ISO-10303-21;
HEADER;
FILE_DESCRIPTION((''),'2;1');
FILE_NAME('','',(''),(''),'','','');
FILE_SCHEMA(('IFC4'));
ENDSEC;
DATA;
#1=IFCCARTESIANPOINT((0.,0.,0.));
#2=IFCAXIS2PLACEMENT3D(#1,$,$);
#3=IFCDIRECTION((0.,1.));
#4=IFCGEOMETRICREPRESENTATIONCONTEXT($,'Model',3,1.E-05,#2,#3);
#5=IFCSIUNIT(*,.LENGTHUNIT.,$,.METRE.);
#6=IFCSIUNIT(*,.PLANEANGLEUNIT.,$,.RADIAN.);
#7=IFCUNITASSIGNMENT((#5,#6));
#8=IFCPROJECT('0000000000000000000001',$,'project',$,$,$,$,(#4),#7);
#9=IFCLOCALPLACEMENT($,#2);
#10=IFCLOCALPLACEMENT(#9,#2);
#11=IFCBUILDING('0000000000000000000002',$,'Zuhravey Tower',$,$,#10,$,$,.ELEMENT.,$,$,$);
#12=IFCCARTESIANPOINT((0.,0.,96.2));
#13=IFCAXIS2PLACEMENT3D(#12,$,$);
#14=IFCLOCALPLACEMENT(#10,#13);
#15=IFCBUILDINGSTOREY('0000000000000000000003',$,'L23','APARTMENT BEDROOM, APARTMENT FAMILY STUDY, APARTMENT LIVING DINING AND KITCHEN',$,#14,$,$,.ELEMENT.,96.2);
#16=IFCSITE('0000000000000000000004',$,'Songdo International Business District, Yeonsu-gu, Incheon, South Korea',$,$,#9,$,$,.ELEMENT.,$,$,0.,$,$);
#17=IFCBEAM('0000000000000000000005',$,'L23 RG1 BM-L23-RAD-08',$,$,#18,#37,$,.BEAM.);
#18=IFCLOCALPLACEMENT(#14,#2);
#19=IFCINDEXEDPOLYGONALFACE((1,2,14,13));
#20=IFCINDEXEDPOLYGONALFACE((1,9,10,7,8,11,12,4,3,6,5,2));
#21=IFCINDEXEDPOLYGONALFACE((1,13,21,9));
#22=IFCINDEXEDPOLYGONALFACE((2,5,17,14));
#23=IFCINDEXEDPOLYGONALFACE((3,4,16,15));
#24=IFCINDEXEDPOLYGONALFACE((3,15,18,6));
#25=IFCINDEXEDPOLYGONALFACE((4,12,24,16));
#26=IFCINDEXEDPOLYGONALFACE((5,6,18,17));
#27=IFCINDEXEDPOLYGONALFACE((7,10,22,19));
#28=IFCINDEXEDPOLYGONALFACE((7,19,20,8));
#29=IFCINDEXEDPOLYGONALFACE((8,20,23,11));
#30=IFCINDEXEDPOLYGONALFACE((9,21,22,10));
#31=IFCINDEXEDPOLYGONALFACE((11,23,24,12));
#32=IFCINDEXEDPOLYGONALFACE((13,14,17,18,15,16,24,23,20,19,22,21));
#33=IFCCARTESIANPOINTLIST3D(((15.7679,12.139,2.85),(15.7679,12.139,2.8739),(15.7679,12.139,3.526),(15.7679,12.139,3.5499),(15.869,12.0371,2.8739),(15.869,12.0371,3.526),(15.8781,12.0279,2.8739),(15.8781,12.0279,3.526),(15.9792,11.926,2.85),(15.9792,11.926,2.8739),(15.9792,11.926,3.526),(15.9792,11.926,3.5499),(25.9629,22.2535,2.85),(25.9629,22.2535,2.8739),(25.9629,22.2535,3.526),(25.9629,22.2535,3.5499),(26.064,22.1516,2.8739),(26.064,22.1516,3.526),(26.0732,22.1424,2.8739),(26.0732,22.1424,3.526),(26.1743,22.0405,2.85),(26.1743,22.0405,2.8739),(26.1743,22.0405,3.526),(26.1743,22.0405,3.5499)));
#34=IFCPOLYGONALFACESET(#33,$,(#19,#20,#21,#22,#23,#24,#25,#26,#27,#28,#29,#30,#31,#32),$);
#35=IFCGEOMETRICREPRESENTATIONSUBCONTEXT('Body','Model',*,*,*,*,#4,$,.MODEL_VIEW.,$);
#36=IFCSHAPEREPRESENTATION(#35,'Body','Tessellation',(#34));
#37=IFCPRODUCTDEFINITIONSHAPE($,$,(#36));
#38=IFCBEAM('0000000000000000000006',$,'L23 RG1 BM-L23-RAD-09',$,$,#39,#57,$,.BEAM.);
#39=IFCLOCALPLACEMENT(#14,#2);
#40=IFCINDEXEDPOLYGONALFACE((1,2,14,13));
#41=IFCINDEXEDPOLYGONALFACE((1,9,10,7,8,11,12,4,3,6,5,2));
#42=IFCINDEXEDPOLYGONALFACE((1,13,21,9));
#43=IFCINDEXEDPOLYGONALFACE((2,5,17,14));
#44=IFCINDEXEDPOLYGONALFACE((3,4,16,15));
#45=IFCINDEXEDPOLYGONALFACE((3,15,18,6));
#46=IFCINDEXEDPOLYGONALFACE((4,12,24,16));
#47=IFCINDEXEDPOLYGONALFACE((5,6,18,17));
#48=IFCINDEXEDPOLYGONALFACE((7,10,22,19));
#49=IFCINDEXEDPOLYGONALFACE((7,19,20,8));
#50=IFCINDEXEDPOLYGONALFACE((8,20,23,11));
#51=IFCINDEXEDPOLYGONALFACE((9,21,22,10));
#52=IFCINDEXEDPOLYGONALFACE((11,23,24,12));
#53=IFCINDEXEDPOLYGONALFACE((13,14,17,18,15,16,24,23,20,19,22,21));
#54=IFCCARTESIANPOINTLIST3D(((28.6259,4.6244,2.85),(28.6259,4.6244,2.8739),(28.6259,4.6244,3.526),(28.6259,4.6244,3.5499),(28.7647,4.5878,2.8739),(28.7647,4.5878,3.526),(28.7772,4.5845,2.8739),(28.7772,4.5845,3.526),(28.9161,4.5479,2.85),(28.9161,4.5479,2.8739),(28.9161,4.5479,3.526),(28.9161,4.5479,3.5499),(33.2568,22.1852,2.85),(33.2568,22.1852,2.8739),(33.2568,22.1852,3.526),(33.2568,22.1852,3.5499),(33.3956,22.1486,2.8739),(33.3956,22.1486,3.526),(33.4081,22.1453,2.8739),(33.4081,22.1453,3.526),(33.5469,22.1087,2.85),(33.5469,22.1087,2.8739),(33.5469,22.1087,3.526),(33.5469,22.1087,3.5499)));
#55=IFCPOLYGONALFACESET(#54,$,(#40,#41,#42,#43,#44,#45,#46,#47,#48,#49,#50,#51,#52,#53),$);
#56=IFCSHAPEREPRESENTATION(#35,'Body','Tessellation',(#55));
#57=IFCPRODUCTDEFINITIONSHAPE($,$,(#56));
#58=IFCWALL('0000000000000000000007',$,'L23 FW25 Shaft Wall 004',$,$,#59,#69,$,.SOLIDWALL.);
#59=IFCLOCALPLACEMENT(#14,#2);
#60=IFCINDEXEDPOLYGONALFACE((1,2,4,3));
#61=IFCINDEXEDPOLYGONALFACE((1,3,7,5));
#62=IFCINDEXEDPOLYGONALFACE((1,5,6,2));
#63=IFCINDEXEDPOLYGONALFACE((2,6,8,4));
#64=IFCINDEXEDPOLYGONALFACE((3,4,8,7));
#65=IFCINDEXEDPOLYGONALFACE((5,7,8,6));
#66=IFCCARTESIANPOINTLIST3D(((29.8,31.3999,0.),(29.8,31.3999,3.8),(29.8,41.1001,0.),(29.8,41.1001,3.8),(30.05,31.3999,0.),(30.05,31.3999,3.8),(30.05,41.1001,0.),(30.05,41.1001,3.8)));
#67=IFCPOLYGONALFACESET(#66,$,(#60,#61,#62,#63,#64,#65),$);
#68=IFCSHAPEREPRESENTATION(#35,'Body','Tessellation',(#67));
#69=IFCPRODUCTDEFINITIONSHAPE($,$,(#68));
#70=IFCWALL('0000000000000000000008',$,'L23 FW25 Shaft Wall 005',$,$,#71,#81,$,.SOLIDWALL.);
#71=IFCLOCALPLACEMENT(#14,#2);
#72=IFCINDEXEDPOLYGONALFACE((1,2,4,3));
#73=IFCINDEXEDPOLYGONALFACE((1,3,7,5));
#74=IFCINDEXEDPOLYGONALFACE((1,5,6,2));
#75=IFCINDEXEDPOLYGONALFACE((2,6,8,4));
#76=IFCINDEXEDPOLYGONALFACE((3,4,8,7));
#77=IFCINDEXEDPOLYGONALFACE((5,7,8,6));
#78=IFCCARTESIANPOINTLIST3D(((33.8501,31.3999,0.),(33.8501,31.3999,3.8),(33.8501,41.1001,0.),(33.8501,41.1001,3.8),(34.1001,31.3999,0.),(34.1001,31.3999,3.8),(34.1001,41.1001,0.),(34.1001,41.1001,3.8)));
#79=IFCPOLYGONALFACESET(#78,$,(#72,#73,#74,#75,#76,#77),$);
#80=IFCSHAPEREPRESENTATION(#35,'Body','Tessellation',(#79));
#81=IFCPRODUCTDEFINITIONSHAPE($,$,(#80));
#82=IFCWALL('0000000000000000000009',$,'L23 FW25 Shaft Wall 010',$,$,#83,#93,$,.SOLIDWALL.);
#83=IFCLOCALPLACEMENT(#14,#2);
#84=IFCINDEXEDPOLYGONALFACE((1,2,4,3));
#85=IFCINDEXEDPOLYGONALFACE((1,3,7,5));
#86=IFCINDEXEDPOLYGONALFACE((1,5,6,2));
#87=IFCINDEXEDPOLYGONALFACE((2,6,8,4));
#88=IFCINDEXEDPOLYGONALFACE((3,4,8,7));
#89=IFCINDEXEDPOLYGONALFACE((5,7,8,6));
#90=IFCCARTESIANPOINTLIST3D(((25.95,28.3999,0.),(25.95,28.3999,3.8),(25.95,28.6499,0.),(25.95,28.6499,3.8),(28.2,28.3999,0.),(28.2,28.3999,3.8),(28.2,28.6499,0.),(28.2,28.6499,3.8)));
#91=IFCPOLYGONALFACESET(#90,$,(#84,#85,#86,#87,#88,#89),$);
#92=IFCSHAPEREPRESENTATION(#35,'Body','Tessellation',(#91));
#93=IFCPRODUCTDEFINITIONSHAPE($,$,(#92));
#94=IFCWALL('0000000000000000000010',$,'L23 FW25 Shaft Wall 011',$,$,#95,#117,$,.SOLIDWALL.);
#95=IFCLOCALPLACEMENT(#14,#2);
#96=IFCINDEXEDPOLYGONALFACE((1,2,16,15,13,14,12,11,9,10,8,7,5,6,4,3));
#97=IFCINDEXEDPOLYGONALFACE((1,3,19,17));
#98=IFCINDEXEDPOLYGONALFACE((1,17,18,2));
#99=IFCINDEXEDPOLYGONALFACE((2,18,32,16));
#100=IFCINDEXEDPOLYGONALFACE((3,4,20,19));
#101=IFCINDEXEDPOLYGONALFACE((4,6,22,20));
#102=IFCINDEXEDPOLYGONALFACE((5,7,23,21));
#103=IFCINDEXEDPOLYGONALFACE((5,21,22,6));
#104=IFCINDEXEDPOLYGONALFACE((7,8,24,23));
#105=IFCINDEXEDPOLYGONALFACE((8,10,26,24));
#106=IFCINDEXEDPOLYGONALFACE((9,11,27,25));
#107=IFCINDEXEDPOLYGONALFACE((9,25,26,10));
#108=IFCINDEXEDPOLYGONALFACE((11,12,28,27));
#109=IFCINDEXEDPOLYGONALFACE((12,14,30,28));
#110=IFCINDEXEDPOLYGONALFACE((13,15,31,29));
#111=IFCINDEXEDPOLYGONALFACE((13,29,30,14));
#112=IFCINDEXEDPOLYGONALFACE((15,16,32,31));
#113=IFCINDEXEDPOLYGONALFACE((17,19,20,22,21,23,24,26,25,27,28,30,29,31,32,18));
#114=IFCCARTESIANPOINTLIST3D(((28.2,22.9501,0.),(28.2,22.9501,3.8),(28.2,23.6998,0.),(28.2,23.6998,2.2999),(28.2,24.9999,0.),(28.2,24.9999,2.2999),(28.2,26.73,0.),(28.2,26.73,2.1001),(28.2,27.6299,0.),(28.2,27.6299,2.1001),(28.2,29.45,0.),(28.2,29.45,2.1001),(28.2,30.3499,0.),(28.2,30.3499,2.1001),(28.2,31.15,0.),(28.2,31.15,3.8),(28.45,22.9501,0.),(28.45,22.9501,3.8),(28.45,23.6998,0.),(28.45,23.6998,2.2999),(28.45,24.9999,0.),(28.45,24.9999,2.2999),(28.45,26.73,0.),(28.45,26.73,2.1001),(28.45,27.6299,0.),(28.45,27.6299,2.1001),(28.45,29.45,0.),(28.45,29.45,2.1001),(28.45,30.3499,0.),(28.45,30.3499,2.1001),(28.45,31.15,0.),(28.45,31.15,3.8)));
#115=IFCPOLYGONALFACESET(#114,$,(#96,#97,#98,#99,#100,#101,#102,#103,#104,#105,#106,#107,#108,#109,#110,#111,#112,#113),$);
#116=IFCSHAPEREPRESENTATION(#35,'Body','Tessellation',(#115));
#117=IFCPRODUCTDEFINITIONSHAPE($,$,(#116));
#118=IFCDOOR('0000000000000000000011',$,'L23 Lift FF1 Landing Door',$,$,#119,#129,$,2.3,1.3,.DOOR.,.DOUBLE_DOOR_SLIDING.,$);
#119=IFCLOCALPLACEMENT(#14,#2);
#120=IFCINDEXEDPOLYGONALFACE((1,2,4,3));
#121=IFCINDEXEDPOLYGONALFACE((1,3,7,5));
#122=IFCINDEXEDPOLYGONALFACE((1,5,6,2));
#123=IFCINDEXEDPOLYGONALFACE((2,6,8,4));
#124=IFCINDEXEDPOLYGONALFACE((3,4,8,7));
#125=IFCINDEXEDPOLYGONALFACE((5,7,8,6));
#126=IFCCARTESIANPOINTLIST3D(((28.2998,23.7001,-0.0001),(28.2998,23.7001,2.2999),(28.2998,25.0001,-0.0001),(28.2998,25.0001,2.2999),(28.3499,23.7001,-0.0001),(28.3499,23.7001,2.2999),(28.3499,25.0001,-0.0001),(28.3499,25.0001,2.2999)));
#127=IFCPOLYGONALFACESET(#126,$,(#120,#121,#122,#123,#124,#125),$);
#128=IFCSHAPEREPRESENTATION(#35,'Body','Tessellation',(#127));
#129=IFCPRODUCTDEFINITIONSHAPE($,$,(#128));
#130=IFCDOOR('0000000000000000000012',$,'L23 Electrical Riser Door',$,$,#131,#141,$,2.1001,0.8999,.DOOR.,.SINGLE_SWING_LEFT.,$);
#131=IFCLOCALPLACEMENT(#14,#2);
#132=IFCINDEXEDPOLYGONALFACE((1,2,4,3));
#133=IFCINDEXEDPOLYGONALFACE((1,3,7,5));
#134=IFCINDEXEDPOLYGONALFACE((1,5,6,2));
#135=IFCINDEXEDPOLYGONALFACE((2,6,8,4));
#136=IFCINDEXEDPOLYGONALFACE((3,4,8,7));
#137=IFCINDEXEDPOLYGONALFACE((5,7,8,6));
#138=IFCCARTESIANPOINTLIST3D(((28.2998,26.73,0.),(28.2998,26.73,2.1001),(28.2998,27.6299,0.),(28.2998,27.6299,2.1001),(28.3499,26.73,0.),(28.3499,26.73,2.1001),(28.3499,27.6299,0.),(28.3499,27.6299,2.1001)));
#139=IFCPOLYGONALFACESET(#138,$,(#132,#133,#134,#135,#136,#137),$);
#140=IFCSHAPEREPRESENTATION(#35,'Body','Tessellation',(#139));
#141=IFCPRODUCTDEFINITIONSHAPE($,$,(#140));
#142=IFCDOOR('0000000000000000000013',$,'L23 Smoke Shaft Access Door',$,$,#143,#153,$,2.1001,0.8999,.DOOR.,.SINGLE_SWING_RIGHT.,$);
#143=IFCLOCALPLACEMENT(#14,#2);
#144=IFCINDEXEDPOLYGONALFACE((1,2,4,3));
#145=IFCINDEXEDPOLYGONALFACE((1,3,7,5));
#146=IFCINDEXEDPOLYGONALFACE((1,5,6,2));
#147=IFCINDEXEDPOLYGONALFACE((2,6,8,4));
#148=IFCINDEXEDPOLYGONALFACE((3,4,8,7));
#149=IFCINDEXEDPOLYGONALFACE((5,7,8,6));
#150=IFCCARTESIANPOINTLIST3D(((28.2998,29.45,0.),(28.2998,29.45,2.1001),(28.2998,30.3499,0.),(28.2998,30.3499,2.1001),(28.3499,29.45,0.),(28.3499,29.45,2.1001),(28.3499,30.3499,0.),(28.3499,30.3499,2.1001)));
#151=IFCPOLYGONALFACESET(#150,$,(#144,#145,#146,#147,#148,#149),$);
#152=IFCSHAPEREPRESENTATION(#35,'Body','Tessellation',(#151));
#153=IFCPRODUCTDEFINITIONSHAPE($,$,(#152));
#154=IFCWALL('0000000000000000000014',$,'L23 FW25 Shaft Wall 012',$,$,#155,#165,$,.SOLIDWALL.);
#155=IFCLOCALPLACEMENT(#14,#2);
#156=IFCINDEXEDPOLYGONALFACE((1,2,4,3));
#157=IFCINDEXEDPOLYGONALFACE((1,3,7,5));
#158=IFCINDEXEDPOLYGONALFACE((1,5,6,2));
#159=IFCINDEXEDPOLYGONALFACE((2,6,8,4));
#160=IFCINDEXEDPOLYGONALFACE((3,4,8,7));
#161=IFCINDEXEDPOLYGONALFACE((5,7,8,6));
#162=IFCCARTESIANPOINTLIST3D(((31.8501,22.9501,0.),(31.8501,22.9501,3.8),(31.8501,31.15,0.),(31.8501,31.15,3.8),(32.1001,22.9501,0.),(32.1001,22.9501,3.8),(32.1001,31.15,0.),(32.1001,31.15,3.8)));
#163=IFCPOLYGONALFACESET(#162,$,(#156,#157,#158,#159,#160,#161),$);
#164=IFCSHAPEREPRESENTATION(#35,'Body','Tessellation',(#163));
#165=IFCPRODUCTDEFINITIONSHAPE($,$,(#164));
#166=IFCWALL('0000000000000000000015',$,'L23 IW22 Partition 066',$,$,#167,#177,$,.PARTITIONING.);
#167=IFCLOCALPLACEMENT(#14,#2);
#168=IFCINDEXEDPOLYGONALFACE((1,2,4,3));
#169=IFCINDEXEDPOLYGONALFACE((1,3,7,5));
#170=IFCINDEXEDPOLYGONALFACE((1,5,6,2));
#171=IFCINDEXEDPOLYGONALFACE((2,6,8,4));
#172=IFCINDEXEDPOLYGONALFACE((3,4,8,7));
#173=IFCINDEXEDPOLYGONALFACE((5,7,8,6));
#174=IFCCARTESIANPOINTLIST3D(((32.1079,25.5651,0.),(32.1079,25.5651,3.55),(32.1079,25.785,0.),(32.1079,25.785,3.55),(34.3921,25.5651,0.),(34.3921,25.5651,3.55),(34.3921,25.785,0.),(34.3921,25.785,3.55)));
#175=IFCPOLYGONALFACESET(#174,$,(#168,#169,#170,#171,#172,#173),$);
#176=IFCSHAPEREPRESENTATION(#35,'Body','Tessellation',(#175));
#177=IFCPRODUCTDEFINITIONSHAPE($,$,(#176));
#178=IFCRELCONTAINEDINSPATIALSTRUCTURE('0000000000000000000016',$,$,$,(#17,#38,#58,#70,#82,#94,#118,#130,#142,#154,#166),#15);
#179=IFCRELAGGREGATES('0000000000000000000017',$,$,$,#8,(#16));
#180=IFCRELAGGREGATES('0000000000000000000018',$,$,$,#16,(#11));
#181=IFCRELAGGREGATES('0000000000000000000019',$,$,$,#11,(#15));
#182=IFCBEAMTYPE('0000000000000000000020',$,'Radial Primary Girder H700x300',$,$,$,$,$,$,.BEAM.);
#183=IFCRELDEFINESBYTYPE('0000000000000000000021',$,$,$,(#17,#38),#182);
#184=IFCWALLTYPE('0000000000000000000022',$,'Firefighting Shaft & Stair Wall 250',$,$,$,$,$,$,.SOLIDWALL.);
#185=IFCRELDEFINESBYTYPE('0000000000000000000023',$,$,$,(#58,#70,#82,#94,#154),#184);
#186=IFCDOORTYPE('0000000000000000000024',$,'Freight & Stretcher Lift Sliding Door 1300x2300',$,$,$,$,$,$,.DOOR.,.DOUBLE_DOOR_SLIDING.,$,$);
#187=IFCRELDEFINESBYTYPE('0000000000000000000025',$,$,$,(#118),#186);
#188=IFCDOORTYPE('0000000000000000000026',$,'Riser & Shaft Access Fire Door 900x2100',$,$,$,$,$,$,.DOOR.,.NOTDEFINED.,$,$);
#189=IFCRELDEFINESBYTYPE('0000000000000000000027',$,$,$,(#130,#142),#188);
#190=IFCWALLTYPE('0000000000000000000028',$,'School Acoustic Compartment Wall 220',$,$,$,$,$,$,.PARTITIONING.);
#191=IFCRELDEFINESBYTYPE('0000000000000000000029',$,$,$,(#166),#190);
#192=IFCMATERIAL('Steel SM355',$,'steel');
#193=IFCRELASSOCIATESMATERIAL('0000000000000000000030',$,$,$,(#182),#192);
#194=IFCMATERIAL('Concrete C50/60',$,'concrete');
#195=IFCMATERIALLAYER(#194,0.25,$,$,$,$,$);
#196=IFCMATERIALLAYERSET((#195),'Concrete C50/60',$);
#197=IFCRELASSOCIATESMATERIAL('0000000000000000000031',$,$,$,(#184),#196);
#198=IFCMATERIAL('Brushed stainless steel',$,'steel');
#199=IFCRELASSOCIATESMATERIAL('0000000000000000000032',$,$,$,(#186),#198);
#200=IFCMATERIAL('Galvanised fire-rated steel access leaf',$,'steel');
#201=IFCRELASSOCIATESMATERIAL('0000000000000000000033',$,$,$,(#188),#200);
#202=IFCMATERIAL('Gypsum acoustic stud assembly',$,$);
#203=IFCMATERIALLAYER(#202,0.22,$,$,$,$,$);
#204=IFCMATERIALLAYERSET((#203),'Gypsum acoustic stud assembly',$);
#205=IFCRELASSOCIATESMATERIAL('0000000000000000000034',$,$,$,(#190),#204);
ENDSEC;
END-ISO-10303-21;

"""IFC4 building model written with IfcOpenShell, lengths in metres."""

from ifc_helpers import new_model, si_unit, direction, frame, frame_2d, origin, origin_2d, place, context, subcontext, project, spatial, rectangle, i_section, extrude, material, layer, layer_set, material_profile, profile_set, type_object, element, fill, save


model = new_model("IFC4")

# Units and contexts
model_context = context("Model", 3, precision=1e-05, world=origin(), true_north=direction((0.0, 1.0)))
body_context = subcontext(model_context, "Body", "Model", "MODEL_VIEW")
ifc_project = project(units=[si_unit("LENGTHUNIT", "METRE"), si_unit("PLANEANGLEUNIT", "RADIAN")], contexts=[model_context])

# Site, building, storey
site_placement = place(None, origin())
site = spatial("IfcSite", under=ifc_project, at=site_placement, Name="Songdo International Business District, Yeonsu-gu, Incheon, South Korea", CompositionType="ELEMENT", RefElevation=0.0)
building_placement = place(site_placement, origin())
building = spatial("IfcBuilding", under=site, at=building_placement, Name="Zuhravey Tower", CompositionType="ELEMENT")
storey_placement = place(building_placement, frame((0.0, 0.0, 96.2)))
storey = spatial("IfcBuildingStorey", under=building, at=storey_placement, Name="L23", Description="APARTMENT BEDROOM, APARTMENT FAMILY STUDY, APARTMENT LIVING DINING AND KITCHEN", CompositionType="ELEMENT", Elevation=96.2)

# Beams
ifc_material_1 = material(Name="Steel SM355", Category="steel")
ifc_material_profile = material_profile(ifc_material_1, i_section(OverallWidth=0.3, OverallDepth=0.7, WebThickness=0.0129, FlangeThickness=0.0239, at=origin_2d()), Name="H-700x300x13x24")
ifc_profile_set = profile_set([ifc_material_profile], Name="Steel SM355")
beam_type = type_object("IfcBeamType", Name="Radial Primary Girder H700x300", PredefinedType="BEAM", material=ifc_profile_set)
beam_1_placement = place(storey_placement, frame((26.0686, 22.147, 3.2), z_axis=(-0.709906, -0.704296, 0.0), x_axis=(0.704296, -0.709906, 0.0)))
element("IfcBeam", 1, at=beam_1_placement, inside=storey, type_object=beam_type, Name="L23 RG1 BM-L23-RAD-08", PredefinedType="BEAM", context=body_context, shape_type="SweptSolid", body=[
    extrude(i_section(OverallWidth=0.3, OverallDepth=0.7, WebThickness=0.0129, FlangeThickness=0.0239, at=origin_2d()), origin(), (0.0, 0.0, 1.0), 14.3611),
])
beam_2_placement = place(storey_placement, frame((33.4019, 22.147, 3.2), z_axis=(-0.254988, -0.966944, 0.0), x_axis=(0.966944, -0.254988, 0.0)))
element("IfcBeam", 2, at=beam_2_placement, inside=storey, type_object=beam_type, Name="L23 RG1 BM-L23-RAD-09", PredefinedType="BEAM", context=body_context, shape_type="SweptSolid", body=[
    extrude(i_section(OverallWidth=0.3, OverallDepth=0.7, WebThickness=0.0129, FlangeThickness=0.0239, at=origin_2d()), origin(), (0.0, 0.0, 1.0), 18.1611),
])

# Shared definitions
ifc_material_2 = material(Name="Concrete C50/60", Category="concrete")
ifc_layer_1 = layer(ifc_material_2, 0.25)
ifc_layer_set_1 = layer_set([ifc_layer_1], Name="Concrete C50/60")
wall_type_1 = type_object("IfcWallType", Name="Firefighting Shaft & Stair Wall 250", PredefinedType="SOLIDWALL", material=ifc_layer_set_1)

# Walls
for number, where, z_axis, x_axis, name in (
    (3, (29.925, 31.3999, 0.0), (0.0, 0.0, 1.0), (0.0, 1.0, 0.0), "L23 FW25 Shaft Wall 004"),
    (4, (33.9751, 31.3999, 0.0), (0.0, 0.0, 1.0), (0.0, 1.0, 0.0), "L23 FW25 Shaft Wall 005"),
):
    element("IfcWall", number, at=place(storey_placement, frame(where, z_axis=z_axis, x_axis=x_axis)), inside=storey, type_object=wall_type_1, Name=name, PredefinedType="SOLIDWALL", context=body_context, shape_type="SweptSolid", body=[
        extrude(rectangle(XDim=9.7002, YDim=0.25, at=frame_2d((4.8501, 0.0))), origin(), (0.0, 0.0, 1.0), 3.8),
    ])
wall_1_placement = place(storey_placement, frame((25.95, 28.5249, 0.0), z_axis=(0.0, 0.0, 1.0), x_axis=(1.0, 0.0, 0.0)))
element("IfcWall", 5, at=wall_1_placement, inside=storey, type_object=wall_type_1, Name="L23 FW25 Shaft Wall 010", PredefinedType="SOLIDWALL", context=body_context, shape_type="SweptSolid", body=[
    extrude(rectangle(XDim=2.25, YDim=0.25, at=frame_2d((1.125, 0.0))), origin(), (0.0, 0.0, 1.0), 3.8),
])

# Wall, openings, doors
wall_2_placement = place(storey_placement, frame((28.325, 22.95, 0.0), z_axis=(0.0, 0.0, 1.0), x_axis=(0.0, 1.0, 0.0)))
wall_2 = element("IfcWall", 6, at=wall_2_placement, inside=storey, type_object=wall_type_1, Name="L23 FW25 Shaft Wall 011", PredefinedType="SOLIDWALL", context=body_context, shape_type="SweptSolid", body=[
    extrude(rectangle(XDim=8.2, YDim=0.25, at=frame_2d((4.1001, 0.0))), origin(), (0.0, 0.0, 1.0), 3.8),
])
opening_1_placement = place(wall_2_placement, frame((0.75, 0.0, 0.0)))
opening_1 = element("IfcOpeningElement", 7, at=opening_1_placement, cuts=wall_2, PredefinedType="OPENING", context=body_context, shape_type="SweptSolid", body=[
    extrude(rectangle(XDim=1.3, YDim=2.3, at=frame_2d((0.6499, 1.1499))), frame((0.0, 0.137, 0.0), z_axis=(0.0, -1.0, 0.0), x_axis=(1.0, 0.0, 0.0)), (0.0, 0.0, 1.0), 0.2739),
])
opening_2_placement = place(wall_2_placement, frame((3.78, 0.0, 0.0)))
opening_2 = element("IfcOpeningElement", 8, at=opening_2_placement, cuts=wall_2, PredefinedType="OPENING", context=body_context, shape_type="SweptSolid", body=[
    extrude(rectangle(XDim=0.8999, YDim=2.1001, at=frame_2d((0.45, 1.05))), frame((0.0, 0.137, 0.0), z_axis=(0.0, -1.0, 0.0), x_axis=(1.0, 0.0, 0.0)), (0.0, 0.0, 1.0), 0.2739),
])
opening_3_placement = place(wall_2_placement, frame((6.5, 0.0, 0.0)))
opening_3 = element("IfcOpeningElement", 9, at=opening_3_placement, cuts=wall_2, PredefinedType="OPENING", context=body_context, shape_type="SweptSolid", body=[
    extrude(rectangle(XDim=0.8999, YDim=2.1001, at=frame_2d((0.45, 1.05))), frame((0.0, 0.137, 0.0), z_axis=(0.0, -1.0, 0.0), x_axis=(1.0, 0.0, 0.0)), (0.0, 0.0, 1.0), 0.2739),
])
ifc_material_3 = material(Name="Brushed stainless steel", Category="steel")
door_type_1 = type_object("IfcDoorType", Name="Freight & Stretcher Lift Sliding Door 1300x2300", OperationType="DOUBLE_DOOR_SLIDING", PredefinedType="DOOR", material=ifc_material_3)
door_1_placement = place(opening_1_placement, frame((1.3, 0.0, 0.0), z_axis=(0.0, 0.0, 1.0), x_axis=(-1.0, 0.0, 0.0)))
door_1 = element("IfcDoor", 10, at=door_1_placement, inside=storey, type_object=door_type_1, Name="L23 Lift FF1 Landing Door", OperationType="DOUBLE_DOOR_SLIDING", OverallHeight=2.3, OverallWidth=1.3, PredefinedType="DOOR", context=body_context, shape_type="SweptSolid", body=[
    extrude(rectangle(XDim=1.3, YDim=2.3, at=frame_2d((0.6499, 1.1499))), frame((0.0, 0.0249, 0.0), z_axis=(0.0, -1.0, 0.0), x_axis=(1.0, 0.0, 0.0)), (0.0, 0.0, 1.0), 0.05),
])
fill(opening_1, door_1)
ifc_material_4 = material(Name="Galvanised fire-rated steel access leaf", Category="steel")
door_type_2 = type_object("IfcDoorType", Name="Riser & Shaft Access Fire Door 900x2100", OperationType="NOTDEFINED", PredefinedType="DOOR", material=ifc_material_4)
door_2_placement = place(opening_2_placement, frame((0.8999, 0.0, 0.0), z_axis=(0.0, 0.0, 1.0), x_axis=(-1.0, 0.0, 0.0)))
door_2 = element("IfcDoor", 11, at=door_2_placement, inside=storey, type_object=door_type_2, Name="L23 Electrical Riser Door", OperationType="SINGLE_SWING_LEFT", OverallHeight=2.1001, OverallWidth=0.8999, PredefinedType="DOOR", context=body_context, shape_type="SweptSolid", body=[
    extrude(rectangle(XDim=0.8999, YDim=2.1001, at=frame_2d((0.45, 1.05))), frame((0.0, 0.0249, 0.0), z_axis=(0.0, -1.0, 0.0), x_axis=(1.0, 0.0, 0.0)), (0.0, 0.0, 1.0), 0.05),
])
fill(opening_2, door_2)
door_3_placement = place(opening_3_placement, frame((0.8999, 0.0, 0.0), z_axis=(0.0, 0.0, 1.0), x_axis=(-1.0, 0.0, 0.0)))
door_3 = element("IfcDoor", 12, at=door_3_placement, inside=storey, type_object=door_type_2, Name="L23 Smoke Shaft Access Door", OperationType="SINGLE_SWING_RIGHT", OverallHeight=2.1001, OverallWidth=0.8999, PredefinedType="DOOR", context=body_context, shape_type="SweptSolid", body=[
    extrude(rectangle(XDim=0.8999, YDim=2.1001, at=frame_2d((0.45, 1.05))), frame((0.0, 0.0249, 0.0), z_axis=(0.0, -1.0, 0.0), x_axis=(1.0, 0.0, 0.0)), (0.0, 0.0, 1.0), 0.05),
])
fill(opening_3, door_3)

# Walls
wall_3_placement = place(storey_placement, frame((31.9751, 22.95, 0.0), z_axis=(0.0, 0.0, 1.0), x_axis=(0.0, 1.0, 0.0)))
element("IfcWall", 13, at=wall_3_placement, inside=storey, type_object=wall_type_1, Name="L23 FW25 Shaft Wall 012", PredefinedType="SOLIDWALL", context=body_context, shape_type="SweptSolid", body=[
    extrude(rectangle(XDim=8.2, YDim=0.25, at=frame_2d((4.1001, 0.0))), origin(), (0.0, 0.0, 1.0), 3.8),
])
ifc_material_5 = material(Name="Gypsum acoustic stud assembly")
ifc_layer_2 = layer(ifc_material_5, 0.22)
ifc_layer_set_2 = layer_set([ifc_layer_2], Name="Gypsum acoustic stud assembly")
wall_type_2 = type_object("IfcWallType", Name="School Acoustic Compartment Wall 220", PredefinedType="PARTITIONING", material=ifc_layer_set_2)
for number, where, z_axis, x_axis, name in (
    (14, (32.1079, 25.675, 0.0), (0.0, 0.0, 1.0), (1.0, 0.0, 0.0), "L23 IW22 Partition 066"),
):
    element("IfcWall", number, at=place(storey_placement, frame(where, z_axis=z_axis, x_axis=x_axis)), inside=storey, type_object=wall_type_2, Name=name, PredefinedType="PARTITIONING", context=body_context, shape_type="SweptSolid", body=[
        extrude(rectangle(XDim=2.2842, YDim=0.22, at=frame_2d((1.1421, 0.0))), origin(), (0.0, 0.0, 1.0), 3.55),
    ])

save(model, "model.ifc")
